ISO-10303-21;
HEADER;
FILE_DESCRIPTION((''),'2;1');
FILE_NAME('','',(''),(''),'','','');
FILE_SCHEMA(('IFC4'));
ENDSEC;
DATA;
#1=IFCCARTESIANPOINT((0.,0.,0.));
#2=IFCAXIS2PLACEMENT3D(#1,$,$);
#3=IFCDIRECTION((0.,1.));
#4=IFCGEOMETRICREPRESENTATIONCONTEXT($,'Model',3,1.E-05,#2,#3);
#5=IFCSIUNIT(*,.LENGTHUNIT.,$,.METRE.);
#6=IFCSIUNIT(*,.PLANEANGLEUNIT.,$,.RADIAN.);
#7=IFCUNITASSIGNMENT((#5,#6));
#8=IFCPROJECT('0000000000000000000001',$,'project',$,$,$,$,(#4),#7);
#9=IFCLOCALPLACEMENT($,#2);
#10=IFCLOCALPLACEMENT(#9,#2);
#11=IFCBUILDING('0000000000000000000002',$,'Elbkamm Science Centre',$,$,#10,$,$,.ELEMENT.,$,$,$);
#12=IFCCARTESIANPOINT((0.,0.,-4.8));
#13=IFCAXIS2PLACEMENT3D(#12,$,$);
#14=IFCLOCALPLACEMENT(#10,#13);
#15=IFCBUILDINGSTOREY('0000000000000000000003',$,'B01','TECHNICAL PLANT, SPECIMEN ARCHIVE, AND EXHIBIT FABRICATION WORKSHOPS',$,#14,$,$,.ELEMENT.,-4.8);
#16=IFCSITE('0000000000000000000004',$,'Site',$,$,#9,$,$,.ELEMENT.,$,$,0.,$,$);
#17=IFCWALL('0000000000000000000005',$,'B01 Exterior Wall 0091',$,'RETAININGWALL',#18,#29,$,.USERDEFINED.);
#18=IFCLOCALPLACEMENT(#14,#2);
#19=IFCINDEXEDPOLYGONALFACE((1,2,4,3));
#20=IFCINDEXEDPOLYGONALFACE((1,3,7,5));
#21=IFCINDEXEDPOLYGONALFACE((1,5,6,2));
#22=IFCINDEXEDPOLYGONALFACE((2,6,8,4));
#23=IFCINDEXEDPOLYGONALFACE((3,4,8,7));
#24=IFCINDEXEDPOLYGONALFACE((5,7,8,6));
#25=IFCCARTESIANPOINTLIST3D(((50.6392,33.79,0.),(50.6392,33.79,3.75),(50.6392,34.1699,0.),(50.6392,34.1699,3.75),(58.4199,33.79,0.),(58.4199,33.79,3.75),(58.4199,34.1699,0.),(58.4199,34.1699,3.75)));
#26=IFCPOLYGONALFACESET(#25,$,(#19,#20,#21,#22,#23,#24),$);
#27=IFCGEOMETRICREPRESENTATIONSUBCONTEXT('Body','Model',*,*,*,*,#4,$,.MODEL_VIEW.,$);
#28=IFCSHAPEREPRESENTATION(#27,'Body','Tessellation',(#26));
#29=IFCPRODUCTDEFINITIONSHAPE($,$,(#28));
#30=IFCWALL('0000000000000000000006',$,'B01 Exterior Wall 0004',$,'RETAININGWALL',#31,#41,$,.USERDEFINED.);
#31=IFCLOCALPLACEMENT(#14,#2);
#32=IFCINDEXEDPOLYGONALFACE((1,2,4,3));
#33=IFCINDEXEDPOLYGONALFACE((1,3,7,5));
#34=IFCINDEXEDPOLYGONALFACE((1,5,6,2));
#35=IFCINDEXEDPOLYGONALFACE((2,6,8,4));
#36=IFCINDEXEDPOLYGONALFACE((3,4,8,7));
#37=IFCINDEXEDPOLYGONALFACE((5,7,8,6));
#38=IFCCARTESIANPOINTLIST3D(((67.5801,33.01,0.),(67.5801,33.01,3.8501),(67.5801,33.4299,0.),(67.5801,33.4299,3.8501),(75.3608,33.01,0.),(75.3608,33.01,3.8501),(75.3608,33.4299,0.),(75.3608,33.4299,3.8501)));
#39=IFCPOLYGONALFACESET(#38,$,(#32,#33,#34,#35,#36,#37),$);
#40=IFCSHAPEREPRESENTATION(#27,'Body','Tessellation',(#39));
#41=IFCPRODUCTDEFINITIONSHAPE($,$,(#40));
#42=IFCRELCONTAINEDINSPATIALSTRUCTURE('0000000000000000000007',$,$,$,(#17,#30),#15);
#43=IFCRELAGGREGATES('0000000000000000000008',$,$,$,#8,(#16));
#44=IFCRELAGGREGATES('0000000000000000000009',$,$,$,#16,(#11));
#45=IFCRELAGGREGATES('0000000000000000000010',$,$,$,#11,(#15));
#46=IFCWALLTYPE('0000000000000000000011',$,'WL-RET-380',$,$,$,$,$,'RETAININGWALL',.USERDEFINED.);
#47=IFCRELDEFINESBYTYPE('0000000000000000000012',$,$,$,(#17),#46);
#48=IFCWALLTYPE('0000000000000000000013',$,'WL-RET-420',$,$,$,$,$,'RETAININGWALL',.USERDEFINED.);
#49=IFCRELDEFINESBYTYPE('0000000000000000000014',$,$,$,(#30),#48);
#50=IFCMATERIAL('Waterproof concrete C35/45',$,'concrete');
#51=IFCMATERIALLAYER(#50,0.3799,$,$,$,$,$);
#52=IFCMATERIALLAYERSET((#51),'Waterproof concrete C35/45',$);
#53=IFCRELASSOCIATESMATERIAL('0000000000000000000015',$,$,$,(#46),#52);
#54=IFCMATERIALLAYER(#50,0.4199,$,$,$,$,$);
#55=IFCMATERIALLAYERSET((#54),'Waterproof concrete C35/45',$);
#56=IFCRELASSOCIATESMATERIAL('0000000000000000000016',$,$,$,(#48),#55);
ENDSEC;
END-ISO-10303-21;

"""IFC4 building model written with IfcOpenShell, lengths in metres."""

from ifc_helpers import new_model, si_unit, direction, frame, frame_2d, origin, place, context, subcontext, project, spatial, rectangle, extrude, material, layer, layer_set, type_object, element, save


model = new_model("IFC4")

# Units and contexts
model_context = context("Model", 3, precision=1e-05, world=origin(), true_north=direction((0.0, 1.0)))
body_context = subcontext(model_context, "Body", "Model", "MODEL_VIEW")
ifc_project = project(units=[si_unit("LENGTHUNIT", "METRE"), si_unit("PLANEANGLEUNIT", "RADIAN")], contexts=[model_context])

# Site, building, storey
site_placement = place(None, origin())
site = spatial("IfcSite", under=ifc_project, at=site_placement, Name="Site", CompositionType="ELEMENT", RefElevation=0.0)
building_placement = place(site_placement, origin())
building = spatial("IfcBuilding", under=site, at=building_placement, Name="Elbkamm Science Centre", CompositionType="ELEMENT")
storey_placement = place(building_placement, frame((0.0, 0.0, -4.8)))
storey = spatial("IfcBuildingStorey", under=building, at=storey_placement, Name="B01", Description="TECHNICAL PLANT, SPECIMEN ARCHIVE, AND EXHIBIT FABRICATION WORKSHOPS", CompositionType="ELEMENT", Elevation=-4.8)

# Walls
ifc_material_1 = material(Name="Waterproof concrete C35/45", Category="concrete")
ifc_layer_1 = layer(ifc_material_1, 0.3799)
ifc_layer_set_1 = layer_set([ifc_layer_1], Name="Waterproof concrete C35/45")
wall_type_1 = type_object("IfcWallType", Name="WL-RET-380", ElementType="RETAININGWALL", PredefinedType="USERDEFINED", material=ifc_layer_set_1)
wall_1_placement = place(storey_placement, frame((58.4199, 33.98, 0.0), z_axis=(0.0, 0.0, 1.0), x_axis=(-1.0, 0.0, 0.0)))
element("IfcWall", 1, at=wall_1_placement, inside=storey, type_object=wall_type_1, Name="B01 Exterior Wall 0091", ObjectType="RETAININGWALL", PredefinedType="USERDEFINED", context=body_context, shape_type="SweptSolid", body=[
    extrude(rectangle(XDim=7.7808, YDim=0.3799, at=frame_2d((3.8904, 0.0))), origin(), (0.0, 0.0, 1.0), 3.75),
])
ifc_layer_2 = layer(ifc_material_1, 0.4199)
ifc_layer_set_2 = layer_set([ifc_layer_2], Name="Waterproof concrete C35/45")
wall_type_2 = type_object("IfcWallType", Name="WL-RET-420", ElementType="RETAININGWALL", PredefinedType="USERDEFINED", material=ifc_layer_set_2)
wall_2_placement = place(storey_placement, frame((67.5801, 33.22, 0.0), z_axis=(0.0, 0.0, 1.0), x_axis=(1.0, 0.0, 0.0)))
element("IfcWall", 2, at=wall_2_placement, inside=storey, type_object=wall_type_2, Name="B01 Exterior Wall 0004", ObjectType="RETAININGWALL", PredefinedType="USERDEFINED", context=body_context, shape_type="SweptSolid", body=[
    extrude(rectangle(XDim=7.7808, YDim=0.4199, at=frame_2d((3.8904, 0.0))), origin(), (0.0, 0.0, 1.0), 3.8501),
])

save(model, "model.ifc")
